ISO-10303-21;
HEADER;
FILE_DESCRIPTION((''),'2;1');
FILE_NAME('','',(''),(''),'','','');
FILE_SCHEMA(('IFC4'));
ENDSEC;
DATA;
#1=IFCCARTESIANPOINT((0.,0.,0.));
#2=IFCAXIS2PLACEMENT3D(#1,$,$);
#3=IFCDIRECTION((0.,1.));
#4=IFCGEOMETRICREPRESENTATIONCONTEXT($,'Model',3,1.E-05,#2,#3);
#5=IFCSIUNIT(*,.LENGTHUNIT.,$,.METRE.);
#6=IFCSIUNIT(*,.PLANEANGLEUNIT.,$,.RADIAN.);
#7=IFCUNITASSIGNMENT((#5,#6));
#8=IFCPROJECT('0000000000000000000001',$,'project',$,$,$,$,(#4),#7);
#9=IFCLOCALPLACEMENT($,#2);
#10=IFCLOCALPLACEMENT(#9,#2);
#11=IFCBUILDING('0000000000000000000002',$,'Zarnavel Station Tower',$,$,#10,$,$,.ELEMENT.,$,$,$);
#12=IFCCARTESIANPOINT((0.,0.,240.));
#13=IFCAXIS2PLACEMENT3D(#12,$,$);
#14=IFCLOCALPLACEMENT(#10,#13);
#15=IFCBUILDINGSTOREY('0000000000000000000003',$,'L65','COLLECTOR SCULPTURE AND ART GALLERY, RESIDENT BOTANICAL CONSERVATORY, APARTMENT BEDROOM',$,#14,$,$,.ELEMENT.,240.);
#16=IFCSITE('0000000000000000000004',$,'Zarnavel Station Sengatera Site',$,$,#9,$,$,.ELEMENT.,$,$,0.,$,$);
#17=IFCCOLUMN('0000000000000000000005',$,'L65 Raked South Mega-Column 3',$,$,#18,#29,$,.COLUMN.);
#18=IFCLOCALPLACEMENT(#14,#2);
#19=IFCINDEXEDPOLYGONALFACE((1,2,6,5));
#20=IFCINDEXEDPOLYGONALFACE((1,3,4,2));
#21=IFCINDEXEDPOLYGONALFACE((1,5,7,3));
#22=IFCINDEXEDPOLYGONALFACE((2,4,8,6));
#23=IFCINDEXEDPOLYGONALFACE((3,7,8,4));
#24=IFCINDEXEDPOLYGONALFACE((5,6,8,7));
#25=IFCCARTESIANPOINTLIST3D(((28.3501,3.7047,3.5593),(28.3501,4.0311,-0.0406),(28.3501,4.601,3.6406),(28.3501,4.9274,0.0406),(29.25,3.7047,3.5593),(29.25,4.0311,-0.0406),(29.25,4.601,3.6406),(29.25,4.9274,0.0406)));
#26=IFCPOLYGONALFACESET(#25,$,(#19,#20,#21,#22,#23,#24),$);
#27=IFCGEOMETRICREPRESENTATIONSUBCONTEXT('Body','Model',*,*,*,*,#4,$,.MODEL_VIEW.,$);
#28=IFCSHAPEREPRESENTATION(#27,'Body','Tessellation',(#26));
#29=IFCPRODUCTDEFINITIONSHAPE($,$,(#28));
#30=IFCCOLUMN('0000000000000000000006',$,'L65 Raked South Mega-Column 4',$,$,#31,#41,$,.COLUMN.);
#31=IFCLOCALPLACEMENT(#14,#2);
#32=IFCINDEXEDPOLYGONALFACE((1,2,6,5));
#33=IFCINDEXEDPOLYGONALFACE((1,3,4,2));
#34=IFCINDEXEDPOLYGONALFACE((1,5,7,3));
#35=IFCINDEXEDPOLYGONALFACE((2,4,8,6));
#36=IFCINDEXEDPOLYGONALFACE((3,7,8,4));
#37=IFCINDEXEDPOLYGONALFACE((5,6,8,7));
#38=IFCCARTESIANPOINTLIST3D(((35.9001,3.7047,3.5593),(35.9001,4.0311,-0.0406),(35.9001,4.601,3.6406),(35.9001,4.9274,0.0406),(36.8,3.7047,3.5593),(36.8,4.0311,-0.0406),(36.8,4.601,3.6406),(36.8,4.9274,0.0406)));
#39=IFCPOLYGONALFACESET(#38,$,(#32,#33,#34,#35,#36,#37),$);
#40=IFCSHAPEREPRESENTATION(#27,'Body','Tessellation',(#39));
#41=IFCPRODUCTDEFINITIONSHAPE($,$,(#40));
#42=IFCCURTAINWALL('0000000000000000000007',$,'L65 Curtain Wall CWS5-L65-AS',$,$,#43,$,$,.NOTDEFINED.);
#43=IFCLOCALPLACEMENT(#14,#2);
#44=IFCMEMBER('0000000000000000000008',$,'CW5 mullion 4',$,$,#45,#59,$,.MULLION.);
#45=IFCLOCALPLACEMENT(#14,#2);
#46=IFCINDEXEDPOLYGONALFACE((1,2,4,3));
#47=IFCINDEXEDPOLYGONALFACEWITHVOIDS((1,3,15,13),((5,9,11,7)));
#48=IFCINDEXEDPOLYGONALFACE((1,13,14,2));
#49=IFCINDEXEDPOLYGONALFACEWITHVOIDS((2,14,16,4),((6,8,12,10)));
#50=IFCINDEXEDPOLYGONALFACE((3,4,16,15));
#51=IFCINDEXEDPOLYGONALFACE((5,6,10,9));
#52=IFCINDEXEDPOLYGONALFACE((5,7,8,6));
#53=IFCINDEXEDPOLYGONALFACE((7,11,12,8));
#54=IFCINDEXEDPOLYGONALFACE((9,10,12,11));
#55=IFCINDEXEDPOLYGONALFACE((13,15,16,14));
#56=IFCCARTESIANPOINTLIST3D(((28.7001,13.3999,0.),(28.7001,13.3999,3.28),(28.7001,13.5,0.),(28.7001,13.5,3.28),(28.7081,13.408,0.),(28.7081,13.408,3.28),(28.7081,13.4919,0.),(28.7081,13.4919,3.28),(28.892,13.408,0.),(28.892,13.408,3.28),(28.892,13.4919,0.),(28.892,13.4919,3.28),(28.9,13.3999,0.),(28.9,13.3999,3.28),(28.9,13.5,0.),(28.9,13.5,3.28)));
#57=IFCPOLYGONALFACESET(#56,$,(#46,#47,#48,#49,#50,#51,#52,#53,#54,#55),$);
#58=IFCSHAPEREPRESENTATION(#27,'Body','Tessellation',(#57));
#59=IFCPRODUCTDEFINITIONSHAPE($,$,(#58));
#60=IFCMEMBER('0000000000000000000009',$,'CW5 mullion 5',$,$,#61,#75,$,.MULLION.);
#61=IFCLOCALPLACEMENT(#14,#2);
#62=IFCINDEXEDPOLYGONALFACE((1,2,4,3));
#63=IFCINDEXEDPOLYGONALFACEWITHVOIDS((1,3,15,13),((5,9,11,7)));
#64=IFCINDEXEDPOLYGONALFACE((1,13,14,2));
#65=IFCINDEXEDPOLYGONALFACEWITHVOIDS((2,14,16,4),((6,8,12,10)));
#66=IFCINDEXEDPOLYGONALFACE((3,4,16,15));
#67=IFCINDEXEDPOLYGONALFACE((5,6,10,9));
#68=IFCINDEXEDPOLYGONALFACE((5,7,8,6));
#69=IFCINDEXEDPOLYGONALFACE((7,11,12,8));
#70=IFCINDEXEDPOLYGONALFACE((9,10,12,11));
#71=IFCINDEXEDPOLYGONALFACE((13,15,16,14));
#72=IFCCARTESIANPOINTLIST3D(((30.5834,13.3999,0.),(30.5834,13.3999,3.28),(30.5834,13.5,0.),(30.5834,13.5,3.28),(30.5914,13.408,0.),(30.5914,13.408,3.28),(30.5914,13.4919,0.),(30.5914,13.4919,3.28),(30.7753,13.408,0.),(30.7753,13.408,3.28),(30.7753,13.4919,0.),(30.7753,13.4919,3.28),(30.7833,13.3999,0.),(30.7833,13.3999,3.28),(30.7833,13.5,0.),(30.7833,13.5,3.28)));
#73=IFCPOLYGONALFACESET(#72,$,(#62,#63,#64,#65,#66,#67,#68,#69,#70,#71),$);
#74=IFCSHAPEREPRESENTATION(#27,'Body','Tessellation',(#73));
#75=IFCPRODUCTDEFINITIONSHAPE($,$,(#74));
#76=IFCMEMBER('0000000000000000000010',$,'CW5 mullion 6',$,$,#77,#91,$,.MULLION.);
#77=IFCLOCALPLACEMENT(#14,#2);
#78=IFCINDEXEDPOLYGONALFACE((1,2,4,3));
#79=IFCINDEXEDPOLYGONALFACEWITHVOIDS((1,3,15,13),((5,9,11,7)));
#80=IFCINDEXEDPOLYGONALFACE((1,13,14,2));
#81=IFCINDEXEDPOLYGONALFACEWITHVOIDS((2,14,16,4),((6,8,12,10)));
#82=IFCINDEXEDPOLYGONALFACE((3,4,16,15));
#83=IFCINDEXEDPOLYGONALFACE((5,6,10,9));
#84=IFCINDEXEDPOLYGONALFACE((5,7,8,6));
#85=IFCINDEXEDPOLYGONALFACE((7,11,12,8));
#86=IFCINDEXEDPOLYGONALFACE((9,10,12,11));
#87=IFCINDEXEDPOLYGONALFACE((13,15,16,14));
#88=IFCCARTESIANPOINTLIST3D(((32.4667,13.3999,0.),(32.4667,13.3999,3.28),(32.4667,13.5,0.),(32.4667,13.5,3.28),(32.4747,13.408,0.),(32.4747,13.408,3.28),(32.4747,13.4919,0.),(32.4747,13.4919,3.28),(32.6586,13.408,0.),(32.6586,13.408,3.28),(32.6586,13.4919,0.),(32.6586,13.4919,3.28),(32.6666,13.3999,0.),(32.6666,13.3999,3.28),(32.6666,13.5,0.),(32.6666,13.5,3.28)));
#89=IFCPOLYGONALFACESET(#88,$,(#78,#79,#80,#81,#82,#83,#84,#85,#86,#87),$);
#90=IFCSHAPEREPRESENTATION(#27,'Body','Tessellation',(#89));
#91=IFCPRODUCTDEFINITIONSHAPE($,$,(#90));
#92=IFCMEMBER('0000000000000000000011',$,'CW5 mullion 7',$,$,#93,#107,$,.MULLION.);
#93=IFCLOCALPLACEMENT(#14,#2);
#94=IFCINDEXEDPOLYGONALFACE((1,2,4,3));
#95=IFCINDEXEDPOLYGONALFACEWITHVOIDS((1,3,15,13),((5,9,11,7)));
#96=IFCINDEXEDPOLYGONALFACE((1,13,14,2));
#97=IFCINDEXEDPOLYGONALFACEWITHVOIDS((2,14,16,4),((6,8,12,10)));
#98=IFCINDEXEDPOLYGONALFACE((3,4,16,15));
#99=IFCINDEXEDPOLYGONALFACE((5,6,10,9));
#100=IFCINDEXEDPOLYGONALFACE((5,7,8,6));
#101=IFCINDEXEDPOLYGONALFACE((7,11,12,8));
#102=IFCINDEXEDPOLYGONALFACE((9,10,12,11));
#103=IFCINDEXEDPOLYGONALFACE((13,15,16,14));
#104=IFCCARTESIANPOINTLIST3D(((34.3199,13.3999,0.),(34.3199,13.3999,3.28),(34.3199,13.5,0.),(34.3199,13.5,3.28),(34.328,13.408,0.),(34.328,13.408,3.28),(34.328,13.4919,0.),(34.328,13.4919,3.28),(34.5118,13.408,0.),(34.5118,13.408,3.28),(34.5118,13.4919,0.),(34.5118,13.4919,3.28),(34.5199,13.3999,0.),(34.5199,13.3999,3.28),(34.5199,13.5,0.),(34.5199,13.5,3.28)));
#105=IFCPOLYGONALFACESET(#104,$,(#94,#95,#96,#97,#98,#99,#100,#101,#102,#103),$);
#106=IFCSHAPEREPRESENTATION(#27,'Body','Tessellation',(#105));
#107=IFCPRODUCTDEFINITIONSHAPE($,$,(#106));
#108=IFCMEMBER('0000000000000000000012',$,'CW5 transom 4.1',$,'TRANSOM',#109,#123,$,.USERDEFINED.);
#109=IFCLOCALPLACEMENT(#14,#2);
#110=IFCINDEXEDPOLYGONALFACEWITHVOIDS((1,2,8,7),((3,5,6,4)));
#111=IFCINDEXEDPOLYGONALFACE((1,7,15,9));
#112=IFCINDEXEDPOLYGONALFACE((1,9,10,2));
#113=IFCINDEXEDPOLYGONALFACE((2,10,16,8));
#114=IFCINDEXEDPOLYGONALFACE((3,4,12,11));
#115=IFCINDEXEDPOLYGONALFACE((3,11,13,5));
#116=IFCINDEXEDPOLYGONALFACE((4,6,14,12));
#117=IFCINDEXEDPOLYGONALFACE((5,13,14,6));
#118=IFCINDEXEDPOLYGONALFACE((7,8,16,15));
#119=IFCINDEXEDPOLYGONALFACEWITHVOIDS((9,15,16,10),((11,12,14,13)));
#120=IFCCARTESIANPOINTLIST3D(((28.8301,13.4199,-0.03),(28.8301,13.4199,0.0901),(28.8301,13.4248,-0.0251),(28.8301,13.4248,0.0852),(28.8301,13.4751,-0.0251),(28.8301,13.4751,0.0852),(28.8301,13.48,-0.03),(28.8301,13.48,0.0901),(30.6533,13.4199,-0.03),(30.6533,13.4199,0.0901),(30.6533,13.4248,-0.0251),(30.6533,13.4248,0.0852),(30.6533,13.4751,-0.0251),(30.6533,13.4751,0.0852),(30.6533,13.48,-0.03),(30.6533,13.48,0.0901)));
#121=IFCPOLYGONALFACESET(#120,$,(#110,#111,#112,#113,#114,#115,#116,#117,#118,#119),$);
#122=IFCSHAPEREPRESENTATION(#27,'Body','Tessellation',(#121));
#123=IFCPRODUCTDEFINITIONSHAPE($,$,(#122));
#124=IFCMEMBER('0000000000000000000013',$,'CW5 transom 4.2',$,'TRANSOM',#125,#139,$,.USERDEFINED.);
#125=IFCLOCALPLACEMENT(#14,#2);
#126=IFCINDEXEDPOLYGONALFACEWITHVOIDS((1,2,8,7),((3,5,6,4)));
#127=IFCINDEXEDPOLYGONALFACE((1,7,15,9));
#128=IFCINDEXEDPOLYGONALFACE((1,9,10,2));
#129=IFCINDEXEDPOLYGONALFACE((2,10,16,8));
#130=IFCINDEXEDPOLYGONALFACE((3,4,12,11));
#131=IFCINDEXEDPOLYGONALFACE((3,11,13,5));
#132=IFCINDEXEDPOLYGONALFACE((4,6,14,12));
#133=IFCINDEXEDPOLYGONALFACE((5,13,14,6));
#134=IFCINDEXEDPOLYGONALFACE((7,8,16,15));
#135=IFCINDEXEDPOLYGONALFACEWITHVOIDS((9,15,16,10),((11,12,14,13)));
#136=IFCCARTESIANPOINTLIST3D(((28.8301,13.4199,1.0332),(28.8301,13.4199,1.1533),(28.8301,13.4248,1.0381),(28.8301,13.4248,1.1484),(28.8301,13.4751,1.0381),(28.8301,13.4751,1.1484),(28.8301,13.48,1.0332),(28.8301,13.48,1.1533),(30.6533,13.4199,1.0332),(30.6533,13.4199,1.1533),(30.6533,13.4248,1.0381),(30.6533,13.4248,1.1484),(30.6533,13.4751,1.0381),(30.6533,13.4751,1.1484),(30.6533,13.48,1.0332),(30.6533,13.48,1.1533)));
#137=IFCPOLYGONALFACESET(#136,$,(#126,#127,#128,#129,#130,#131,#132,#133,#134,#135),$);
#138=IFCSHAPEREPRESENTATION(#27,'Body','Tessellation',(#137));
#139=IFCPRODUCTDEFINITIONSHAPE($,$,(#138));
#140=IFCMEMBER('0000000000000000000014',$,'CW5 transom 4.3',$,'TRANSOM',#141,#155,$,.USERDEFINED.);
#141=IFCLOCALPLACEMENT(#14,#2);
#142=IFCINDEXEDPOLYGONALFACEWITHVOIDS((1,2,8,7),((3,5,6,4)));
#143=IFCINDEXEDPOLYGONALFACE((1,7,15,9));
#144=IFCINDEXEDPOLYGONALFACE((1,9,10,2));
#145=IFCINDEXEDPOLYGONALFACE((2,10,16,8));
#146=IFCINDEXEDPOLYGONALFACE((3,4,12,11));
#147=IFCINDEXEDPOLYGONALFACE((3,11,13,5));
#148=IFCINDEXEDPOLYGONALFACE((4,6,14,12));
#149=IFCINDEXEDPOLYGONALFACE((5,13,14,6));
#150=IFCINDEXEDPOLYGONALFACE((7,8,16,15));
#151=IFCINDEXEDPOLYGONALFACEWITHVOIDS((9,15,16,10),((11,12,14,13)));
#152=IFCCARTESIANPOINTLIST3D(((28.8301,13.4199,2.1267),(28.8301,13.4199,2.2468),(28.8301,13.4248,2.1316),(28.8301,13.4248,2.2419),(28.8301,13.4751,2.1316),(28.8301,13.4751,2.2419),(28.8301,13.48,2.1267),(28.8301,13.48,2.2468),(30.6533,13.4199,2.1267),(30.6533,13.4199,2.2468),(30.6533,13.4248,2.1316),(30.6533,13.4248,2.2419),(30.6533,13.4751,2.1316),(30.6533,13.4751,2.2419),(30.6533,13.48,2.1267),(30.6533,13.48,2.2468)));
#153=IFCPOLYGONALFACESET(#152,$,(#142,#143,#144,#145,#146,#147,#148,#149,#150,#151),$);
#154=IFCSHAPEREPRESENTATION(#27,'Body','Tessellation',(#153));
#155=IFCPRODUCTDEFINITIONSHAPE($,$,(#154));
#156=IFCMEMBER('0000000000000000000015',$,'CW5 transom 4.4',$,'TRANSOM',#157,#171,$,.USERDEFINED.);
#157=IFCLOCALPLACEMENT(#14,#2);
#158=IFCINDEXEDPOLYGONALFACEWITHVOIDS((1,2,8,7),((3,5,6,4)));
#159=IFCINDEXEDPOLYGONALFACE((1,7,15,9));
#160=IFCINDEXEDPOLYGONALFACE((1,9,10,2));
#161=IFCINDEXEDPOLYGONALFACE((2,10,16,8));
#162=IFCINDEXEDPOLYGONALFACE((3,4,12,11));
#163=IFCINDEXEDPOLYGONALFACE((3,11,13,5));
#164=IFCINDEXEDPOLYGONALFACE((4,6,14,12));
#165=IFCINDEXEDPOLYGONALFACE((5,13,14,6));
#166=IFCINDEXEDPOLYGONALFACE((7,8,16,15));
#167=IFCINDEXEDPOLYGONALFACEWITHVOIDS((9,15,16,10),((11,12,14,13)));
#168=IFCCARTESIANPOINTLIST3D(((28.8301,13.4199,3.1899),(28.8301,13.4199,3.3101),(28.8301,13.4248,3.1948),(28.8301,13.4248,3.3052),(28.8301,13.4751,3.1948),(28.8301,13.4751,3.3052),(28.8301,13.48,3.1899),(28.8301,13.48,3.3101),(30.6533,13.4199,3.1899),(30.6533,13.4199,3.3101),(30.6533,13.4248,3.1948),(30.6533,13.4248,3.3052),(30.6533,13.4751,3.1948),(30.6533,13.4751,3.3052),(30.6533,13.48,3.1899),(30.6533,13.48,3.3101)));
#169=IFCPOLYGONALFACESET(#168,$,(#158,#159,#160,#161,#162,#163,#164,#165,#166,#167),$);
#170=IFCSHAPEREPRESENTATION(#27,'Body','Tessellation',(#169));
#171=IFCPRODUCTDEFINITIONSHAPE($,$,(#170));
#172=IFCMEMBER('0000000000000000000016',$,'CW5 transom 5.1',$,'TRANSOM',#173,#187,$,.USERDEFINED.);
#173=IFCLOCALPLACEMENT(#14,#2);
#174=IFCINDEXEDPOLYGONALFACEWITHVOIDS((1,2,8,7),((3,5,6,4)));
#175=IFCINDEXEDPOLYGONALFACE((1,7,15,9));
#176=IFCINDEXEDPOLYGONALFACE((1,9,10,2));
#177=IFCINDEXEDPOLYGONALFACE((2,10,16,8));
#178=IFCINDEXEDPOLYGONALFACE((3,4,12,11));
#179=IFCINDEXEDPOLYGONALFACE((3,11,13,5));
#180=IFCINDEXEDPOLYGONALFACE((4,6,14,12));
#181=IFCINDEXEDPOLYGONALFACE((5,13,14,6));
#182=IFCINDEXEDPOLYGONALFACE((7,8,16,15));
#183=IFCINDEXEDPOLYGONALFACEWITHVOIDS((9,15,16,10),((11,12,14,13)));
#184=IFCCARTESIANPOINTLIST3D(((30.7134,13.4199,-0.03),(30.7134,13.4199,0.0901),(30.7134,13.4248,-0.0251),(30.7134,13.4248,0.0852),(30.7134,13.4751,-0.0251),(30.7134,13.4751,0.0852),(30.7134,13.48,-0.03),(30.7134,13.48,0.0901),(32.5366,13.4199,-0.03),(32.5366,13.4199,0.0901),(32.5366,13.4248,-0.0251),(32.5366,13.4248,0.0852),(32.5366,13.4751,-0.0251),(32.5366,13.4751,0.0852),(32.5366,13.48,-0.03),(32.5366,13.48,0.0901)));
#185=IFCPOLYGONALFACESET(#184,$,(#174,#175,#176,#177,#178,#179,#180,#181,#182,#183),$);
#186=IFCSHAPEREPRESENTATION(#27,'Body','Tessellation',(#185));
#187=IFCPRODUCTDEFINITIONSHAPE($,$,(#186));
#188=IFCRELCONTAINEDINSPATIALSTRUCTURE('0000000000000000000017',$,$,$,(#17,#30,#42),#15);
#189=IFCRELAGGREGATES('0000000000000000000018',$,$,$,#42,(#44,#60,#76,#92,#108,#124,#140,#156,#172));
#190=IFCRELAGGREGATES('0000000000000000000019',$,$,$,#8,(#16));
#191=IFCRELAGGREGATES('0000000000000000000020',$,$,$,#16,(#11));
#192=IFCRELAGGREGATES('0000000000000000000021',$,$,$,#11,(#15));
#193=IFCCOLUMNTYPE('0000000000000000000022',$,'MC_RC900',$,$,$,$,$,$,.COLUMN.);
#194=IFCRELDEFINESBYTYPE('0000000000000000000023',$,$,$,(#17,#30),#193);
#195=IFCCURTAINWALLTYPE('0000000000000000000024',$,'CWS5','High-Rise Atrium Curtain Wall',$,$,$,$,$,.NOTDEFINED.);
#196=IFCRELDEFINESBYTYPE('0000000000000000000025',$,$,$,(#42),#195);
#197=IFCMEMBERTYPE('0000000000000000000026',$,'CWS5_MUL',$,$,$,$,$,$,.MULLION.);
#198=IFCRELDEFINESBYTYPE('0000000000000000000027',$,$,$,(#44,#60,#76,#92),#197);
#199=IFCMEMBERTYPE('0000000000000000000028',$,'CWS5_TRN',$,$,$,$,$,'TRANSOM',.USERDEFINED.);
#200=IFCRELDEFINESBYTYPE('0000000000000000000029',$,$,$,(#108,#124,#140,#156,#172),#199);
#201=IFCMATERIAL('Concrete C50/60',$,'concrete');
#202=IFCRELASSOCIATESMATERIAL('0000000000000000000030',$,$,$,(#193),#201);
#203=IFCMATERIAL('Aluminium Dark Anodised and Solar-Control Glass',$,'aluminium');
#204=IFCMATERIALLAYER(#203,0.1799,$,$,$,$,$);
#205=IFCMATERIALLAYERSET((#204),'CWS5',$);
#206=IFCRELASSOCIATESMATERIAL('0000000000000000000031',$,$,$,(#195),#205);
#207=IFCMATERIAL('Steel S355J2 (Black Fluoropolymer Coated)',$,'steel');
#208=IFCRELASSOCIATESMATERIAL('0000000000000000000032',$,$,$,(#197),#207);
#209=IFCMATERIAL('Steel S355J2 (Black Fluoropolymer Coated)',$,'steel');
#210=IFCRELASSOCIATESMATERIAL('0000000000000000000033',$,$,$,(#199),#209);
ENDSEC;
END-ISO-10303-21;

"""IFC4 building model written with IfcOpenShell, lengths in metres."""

from ifc_helpers import new_model, si_unit, direction, frame, origin, origin_2d, place, context, subcontext, project, spatial, rectangle, hollow_rectangle, extrude, material, layer, layer_set, material_profile, profile_set, type_object, element, aggregate, save


model = new_model("IFC4")

# Units and contexts
model_context = context("Model", 3, precision=1e-05, world=origin(), true_north=direction((0.0, 1.0)))
body_context = subcontext(model_context, "Body", "Model", "MODEL_VIEW")
ifc_project = project(units=[si_unit("LENGTHUNIT", "METRE"), si_unit("PLANEANGLEUNIT", "RADIAN")], contexts=[model_context])

# Site, building, storey
site_placement = place(None, origin())
site = spatial("IfcSite", under=ifc_project, at=site_placement, Name="Zarnavel Station Sengatera Site", CompositionType="ELEMENT", RefElevation=0.0)
building_placement = place(site_placement, origin())
building = spatial("IfcBuilding", under=site, at=building_placement, Name="Zarnavel Station Tower", CompositionType="ELEMENT")
storey_placement = place(building_placement, frame((0.0, 0.0, 240.0)))
storey = spatial("IfcBuildingStorey", under=building, at=storey_placement, Name="L65", Description="COLLECTOR SCULPTURE AND ART GALLERY, RESIDENT BOTANICAL CONSERVATORY, APARTMENT BEDROOM", CompositionType="ELEMENT", Elevation=240.0)

# Columns
ifc_material_1 = material(Name="Concrete C50/60", Category="concrete")
ifc_material_profile_1 = material_profile(ifc_material_1, rectangle(XDim=0.8999, YDim=0.8999, at=origin_2d()), Name="RC900x900")
ifc_profile_set_1 = profile_set([ifc_material_profile_1], Name="Concrete C50/60")
column_type = type_object("IfcColumnType", Name="MC_RC900", PredefinedType="COLUMN", material=ifc_profile_set_1)
for number, where, z_axis, x_axis, name in (
    (1, (28.8, 4.4792, 0.0), (0.0, -0.090298, 0.995915), (1.0, 0.0, 0.0), "L65 Raked South Mega-Column 3"),
    (2, (36.3501, 4.4792, 0.0), (0.0, -0.090298, 0.995915), (1.0, 0.0, 0.0), "L65 Raked South Mega-Column 4"),
):
    element("IfcColumn", number, at=place(storey_placement, frame(where, z_axis=z_axis, x_axis=x_axis)), inside=storey, type_object=column_type, Name=name, PredefinedType="COLUMN", context=body_context, shape_type="SweptSolid", body=[
        extrude(rectangle(XDim=0.8999, YDim=0.8999, at=origin_2d()), origin(), (0.0, 0.0, 1.0), 3.6147),
    ])

# Curtain wall, members
ifc_material_2 = material(Name="Aluminium Dark Anodised and Solar-Control Glass", Category="aluminium")
ifc_layer_1 = layer(ifc_material_2, 0.1799)
ifc_layer_set_1 = layer_set([ifc_layer_1], Name="CWS5")
curtain_wall_type = type_object("IfcCurtainWallType", Name="CWS5", Description="High-Rise Atrium Curtain Wall", PredefinedType="NOTDEFINED", material=ifc_layer_set_1)
curtain_wall_placement = place(storey_placement, origin())
curtain_wall = element("IfcCurtainWall", 3, at=curtain_wall_placement, inside=storey, type_object=curtain_wall_type, Name="L65 Curtain Wall CWS5-L65-AS", PredefinedType="NOTDEFINED")
ifc_material_3 = material(Name="Steel S355J2 (Black Fluoropolymer Coated)", Category="steel")
ifc_material_profile_2 = material_profile(ifc_material_3, hollow_rectangle(XDim=0.1001, YDim=0.2, WallThickness=0.0081, at=origin_2d()), Name="RHS200x100x8")
ifc_profile_set_2 = profile_set([ifc_material_profile_2], Name="Steel S355J2 (Black Fluoropolymer Coated)")
member_type_1 = type_object("IfcMemberType", Name="CWS5_MUL", PredefinedType="MULLION", material=ifc_profile_set_2)
member_1_placement = place(storey_placement, frame((28.8, 13.45, 0.0), z_axis=(0.0, 0.0, 1.0), x_axis=(0.0, 1.0, 0.0)))
member_1 = element("IfcMember", 4, at=member_1_placement, type_object=member_type_1, Name="CW5 mullion 4", PredefinedType="MULLION", context=body_context, shape_type="SweptSolid", body=[
    extrude(hollow_rectangle(XDim=0.1001, YDim=0.2, WallThickness=0.0081, at=origin_2d()), origin(), (0.0, 0.0, 1.0), 3.28),
])
member_2_placement = place(storey_placement, frame((30.6833, 13.45, 0.0), z_axis=(0.0, 0.0, 1.0), x_axis=(0.0, 1.0, 0.0)))
member_2 = element("IfcMember", 5, at=member_2_placement, type_object=member_type_1, Name="CW5 mullion 5", PredefinedType="MULLION", context=body_context, shape_type="SweptSolid", body=[
    extrude(hollow_rectangle(XDim=0.1001, YDim=0.2, WallThickness=0.0081, at=origin_2d()), origin(), (0.0, 0.0, 1.0), 3.28),
])
member_3_placement = place(storey_placement, frame((32.5667, 13.45, 0.0), z_axis=(0.0, 0.0, 1.0), x_axis=(0.0, 1.0, 0.0)))
member_3 = element("IfcMember", 6, at=member_3_placement, type_object=member_type_1, Name="CW5 mullion 6", PredefinedType="MULLION", context=body_context, shape_type="SweptSolid", body=[
    extrude(hollow_rectangle(XDim=0.1001, YDim=0.2, WallThickness=0.0081, at=origin_2d()), origin(), (0.0, 0.0, 1.0), 3.28),
])
member_4_placement = place(storey_placement, frame((34.4199, 13.45, 0.0), z_axis=(0.0, 0.0, 1.0), x_axis=(0.0, 1.0, 0.0)))
member_4 = element("IfcMember", 7, at=member_4_placement, type_object=member_type_1, Name="CW5 mullion 7", PredefinedType="MULLION", context=body_context, shape_type="SweptSolid", body=[
    extrude(hollow_rectangle(XDim=0.1001, YDim=0.2, WallThickness=0.0081, at=origin_2d()), origin(), (0.0, 0.0, 1.0), 3.28),
])
ifc_material_4 = material(Name="Steel S355J2 (Black Fluoropolymer Coated)", Category="steel")
ifc_material_profile_3 = material_profile(ifc_material_4, hollow_rectangle(XDim=0.0601, YDim=0.1201, WallThickness=0.0049, at=origin_2d()), Name="RHS120x60x5")
ifc_profile_set_3 = profile_set([ifc_material_profile_3], Name="Steel S355J2 (Black Fluoropolymer Coated)")
member_type_2 = type_object("IfcMemberType", Name="CWS5_TRN", ElementType="TRANSOM", PredefinedType="USERDEFINED", material=ifc_profile_set_3)
member_5_placement = place(storey_placement, frame((28.8301, 13.45, 0.03), z_axis=(1.0, 0.0, 0.0), x_axis=(0.0, 1.0, 0.0)))
member_5 = element("IfcMember", 8, at=member_5_placement, type_object=member_type_2, Name="CW5 transom 4.1", ObjectType="TRANSOM", PredefinedType="USERDEFINED", context=body_context, shape_type="SweptSolid", body=[
    extrude(hollow_rectangle(XDim=0.0601, YDim=0.1201, WallThickness=0.0049, at=origin_2d()), origin(), (0.0, 0.0, 1.0), 1.8232),
])
member_6_placement = place(storey_placement, frame((28.8301, 13.45, 1.0933), z_axis=(1.0, 0.0, 0.0), x_axis=(0.0, 1.0, 0.0)))
member_6 = element("IfcMember", 9, at=member_6_placement, type_object=member_type_2, Name="CW5 transom 4.2", ObjectType="TRANSOM", PredefinedType="USERDEFINED", context=body_context, shape_type="SweptSolid", body=[
    extrude(hollow_rectangle(XDim=0.0601, YDim=0.1201, WallThickness=0.0049, at=origin_2d()), origin(), (0.0, 0.0, 1.0), 1.8232),
])
member_7_placement = place(storey_placement, frame((28.8301, 13.45, 2.1868), z_axis=(1.0, 0.0, 0.0), x_axis=(0.0, 1.0, 0.0)))
member_7 = element("IfcMember", 10, at=member_7_placement, type_object=member_type_2, Name="CW5 transom 4.3", ObjectType="TRANSOM", PredefinedType="USERDEFINED", context=body_context, shape_type="SweptSolid", body=[
    extrude(hollow_rectangle(XDim=0.0601, YDim=0.1201, WallThickness=0.0049, at=origin_2d()), origin(), (0.0, 0.0, 1.0), 1.8232),
])
member_8_placement = place(storey_placement, frame((28.8301, 13.45, 3.25), z_axis=(1.0, 0.0, 0.0), x_axis=(0.0, 1.0, 0.0)))
member_8 = element("IfcMember", 11, at=member_8_placement, type_object=member_type_2, Name="CW5 transom 4.4", ObjectType="TRANSOM", PredefinedType="USERDEFINED", context=body_context, shape_type="SweptSolid", body=[
    extrude(hollow_rectangle(XDim=0.0601, YDim=0.1201, WallThickness=0.0049, at=origin_2d()), origin(), (0.0, 0.0, 1.0), 1.8232),
])
member_9_placement = place(storey_placement, frame((30.7134, 13.45, 0.03), z_axis=(1.0, 0.0, 0.0), x_axis=(0.0, 1.0, 0.0)))
member_9 = element("IfcMember", 12, at=member_9_placement, type_object=member_type_2, Name="CW5 transom 5.1", ObjectType="TRANSOM", PredefinedType="USERDEFINED", context=body_context, shape_type="SweptSolid", body=[
    extrude(hollow_rectangle(XDim=0.0601, YDim=0.1201, WallThickness=0.0049, at=origin_2d()), origin(), (0.0, 0.0, 1.0), 1.8232),
])

aggregate(curtain_wall, [member_1, member_2, member_3, member_4, member_5, member_6, member_7, member_8, member_9])

save(model, "model.ifc")
